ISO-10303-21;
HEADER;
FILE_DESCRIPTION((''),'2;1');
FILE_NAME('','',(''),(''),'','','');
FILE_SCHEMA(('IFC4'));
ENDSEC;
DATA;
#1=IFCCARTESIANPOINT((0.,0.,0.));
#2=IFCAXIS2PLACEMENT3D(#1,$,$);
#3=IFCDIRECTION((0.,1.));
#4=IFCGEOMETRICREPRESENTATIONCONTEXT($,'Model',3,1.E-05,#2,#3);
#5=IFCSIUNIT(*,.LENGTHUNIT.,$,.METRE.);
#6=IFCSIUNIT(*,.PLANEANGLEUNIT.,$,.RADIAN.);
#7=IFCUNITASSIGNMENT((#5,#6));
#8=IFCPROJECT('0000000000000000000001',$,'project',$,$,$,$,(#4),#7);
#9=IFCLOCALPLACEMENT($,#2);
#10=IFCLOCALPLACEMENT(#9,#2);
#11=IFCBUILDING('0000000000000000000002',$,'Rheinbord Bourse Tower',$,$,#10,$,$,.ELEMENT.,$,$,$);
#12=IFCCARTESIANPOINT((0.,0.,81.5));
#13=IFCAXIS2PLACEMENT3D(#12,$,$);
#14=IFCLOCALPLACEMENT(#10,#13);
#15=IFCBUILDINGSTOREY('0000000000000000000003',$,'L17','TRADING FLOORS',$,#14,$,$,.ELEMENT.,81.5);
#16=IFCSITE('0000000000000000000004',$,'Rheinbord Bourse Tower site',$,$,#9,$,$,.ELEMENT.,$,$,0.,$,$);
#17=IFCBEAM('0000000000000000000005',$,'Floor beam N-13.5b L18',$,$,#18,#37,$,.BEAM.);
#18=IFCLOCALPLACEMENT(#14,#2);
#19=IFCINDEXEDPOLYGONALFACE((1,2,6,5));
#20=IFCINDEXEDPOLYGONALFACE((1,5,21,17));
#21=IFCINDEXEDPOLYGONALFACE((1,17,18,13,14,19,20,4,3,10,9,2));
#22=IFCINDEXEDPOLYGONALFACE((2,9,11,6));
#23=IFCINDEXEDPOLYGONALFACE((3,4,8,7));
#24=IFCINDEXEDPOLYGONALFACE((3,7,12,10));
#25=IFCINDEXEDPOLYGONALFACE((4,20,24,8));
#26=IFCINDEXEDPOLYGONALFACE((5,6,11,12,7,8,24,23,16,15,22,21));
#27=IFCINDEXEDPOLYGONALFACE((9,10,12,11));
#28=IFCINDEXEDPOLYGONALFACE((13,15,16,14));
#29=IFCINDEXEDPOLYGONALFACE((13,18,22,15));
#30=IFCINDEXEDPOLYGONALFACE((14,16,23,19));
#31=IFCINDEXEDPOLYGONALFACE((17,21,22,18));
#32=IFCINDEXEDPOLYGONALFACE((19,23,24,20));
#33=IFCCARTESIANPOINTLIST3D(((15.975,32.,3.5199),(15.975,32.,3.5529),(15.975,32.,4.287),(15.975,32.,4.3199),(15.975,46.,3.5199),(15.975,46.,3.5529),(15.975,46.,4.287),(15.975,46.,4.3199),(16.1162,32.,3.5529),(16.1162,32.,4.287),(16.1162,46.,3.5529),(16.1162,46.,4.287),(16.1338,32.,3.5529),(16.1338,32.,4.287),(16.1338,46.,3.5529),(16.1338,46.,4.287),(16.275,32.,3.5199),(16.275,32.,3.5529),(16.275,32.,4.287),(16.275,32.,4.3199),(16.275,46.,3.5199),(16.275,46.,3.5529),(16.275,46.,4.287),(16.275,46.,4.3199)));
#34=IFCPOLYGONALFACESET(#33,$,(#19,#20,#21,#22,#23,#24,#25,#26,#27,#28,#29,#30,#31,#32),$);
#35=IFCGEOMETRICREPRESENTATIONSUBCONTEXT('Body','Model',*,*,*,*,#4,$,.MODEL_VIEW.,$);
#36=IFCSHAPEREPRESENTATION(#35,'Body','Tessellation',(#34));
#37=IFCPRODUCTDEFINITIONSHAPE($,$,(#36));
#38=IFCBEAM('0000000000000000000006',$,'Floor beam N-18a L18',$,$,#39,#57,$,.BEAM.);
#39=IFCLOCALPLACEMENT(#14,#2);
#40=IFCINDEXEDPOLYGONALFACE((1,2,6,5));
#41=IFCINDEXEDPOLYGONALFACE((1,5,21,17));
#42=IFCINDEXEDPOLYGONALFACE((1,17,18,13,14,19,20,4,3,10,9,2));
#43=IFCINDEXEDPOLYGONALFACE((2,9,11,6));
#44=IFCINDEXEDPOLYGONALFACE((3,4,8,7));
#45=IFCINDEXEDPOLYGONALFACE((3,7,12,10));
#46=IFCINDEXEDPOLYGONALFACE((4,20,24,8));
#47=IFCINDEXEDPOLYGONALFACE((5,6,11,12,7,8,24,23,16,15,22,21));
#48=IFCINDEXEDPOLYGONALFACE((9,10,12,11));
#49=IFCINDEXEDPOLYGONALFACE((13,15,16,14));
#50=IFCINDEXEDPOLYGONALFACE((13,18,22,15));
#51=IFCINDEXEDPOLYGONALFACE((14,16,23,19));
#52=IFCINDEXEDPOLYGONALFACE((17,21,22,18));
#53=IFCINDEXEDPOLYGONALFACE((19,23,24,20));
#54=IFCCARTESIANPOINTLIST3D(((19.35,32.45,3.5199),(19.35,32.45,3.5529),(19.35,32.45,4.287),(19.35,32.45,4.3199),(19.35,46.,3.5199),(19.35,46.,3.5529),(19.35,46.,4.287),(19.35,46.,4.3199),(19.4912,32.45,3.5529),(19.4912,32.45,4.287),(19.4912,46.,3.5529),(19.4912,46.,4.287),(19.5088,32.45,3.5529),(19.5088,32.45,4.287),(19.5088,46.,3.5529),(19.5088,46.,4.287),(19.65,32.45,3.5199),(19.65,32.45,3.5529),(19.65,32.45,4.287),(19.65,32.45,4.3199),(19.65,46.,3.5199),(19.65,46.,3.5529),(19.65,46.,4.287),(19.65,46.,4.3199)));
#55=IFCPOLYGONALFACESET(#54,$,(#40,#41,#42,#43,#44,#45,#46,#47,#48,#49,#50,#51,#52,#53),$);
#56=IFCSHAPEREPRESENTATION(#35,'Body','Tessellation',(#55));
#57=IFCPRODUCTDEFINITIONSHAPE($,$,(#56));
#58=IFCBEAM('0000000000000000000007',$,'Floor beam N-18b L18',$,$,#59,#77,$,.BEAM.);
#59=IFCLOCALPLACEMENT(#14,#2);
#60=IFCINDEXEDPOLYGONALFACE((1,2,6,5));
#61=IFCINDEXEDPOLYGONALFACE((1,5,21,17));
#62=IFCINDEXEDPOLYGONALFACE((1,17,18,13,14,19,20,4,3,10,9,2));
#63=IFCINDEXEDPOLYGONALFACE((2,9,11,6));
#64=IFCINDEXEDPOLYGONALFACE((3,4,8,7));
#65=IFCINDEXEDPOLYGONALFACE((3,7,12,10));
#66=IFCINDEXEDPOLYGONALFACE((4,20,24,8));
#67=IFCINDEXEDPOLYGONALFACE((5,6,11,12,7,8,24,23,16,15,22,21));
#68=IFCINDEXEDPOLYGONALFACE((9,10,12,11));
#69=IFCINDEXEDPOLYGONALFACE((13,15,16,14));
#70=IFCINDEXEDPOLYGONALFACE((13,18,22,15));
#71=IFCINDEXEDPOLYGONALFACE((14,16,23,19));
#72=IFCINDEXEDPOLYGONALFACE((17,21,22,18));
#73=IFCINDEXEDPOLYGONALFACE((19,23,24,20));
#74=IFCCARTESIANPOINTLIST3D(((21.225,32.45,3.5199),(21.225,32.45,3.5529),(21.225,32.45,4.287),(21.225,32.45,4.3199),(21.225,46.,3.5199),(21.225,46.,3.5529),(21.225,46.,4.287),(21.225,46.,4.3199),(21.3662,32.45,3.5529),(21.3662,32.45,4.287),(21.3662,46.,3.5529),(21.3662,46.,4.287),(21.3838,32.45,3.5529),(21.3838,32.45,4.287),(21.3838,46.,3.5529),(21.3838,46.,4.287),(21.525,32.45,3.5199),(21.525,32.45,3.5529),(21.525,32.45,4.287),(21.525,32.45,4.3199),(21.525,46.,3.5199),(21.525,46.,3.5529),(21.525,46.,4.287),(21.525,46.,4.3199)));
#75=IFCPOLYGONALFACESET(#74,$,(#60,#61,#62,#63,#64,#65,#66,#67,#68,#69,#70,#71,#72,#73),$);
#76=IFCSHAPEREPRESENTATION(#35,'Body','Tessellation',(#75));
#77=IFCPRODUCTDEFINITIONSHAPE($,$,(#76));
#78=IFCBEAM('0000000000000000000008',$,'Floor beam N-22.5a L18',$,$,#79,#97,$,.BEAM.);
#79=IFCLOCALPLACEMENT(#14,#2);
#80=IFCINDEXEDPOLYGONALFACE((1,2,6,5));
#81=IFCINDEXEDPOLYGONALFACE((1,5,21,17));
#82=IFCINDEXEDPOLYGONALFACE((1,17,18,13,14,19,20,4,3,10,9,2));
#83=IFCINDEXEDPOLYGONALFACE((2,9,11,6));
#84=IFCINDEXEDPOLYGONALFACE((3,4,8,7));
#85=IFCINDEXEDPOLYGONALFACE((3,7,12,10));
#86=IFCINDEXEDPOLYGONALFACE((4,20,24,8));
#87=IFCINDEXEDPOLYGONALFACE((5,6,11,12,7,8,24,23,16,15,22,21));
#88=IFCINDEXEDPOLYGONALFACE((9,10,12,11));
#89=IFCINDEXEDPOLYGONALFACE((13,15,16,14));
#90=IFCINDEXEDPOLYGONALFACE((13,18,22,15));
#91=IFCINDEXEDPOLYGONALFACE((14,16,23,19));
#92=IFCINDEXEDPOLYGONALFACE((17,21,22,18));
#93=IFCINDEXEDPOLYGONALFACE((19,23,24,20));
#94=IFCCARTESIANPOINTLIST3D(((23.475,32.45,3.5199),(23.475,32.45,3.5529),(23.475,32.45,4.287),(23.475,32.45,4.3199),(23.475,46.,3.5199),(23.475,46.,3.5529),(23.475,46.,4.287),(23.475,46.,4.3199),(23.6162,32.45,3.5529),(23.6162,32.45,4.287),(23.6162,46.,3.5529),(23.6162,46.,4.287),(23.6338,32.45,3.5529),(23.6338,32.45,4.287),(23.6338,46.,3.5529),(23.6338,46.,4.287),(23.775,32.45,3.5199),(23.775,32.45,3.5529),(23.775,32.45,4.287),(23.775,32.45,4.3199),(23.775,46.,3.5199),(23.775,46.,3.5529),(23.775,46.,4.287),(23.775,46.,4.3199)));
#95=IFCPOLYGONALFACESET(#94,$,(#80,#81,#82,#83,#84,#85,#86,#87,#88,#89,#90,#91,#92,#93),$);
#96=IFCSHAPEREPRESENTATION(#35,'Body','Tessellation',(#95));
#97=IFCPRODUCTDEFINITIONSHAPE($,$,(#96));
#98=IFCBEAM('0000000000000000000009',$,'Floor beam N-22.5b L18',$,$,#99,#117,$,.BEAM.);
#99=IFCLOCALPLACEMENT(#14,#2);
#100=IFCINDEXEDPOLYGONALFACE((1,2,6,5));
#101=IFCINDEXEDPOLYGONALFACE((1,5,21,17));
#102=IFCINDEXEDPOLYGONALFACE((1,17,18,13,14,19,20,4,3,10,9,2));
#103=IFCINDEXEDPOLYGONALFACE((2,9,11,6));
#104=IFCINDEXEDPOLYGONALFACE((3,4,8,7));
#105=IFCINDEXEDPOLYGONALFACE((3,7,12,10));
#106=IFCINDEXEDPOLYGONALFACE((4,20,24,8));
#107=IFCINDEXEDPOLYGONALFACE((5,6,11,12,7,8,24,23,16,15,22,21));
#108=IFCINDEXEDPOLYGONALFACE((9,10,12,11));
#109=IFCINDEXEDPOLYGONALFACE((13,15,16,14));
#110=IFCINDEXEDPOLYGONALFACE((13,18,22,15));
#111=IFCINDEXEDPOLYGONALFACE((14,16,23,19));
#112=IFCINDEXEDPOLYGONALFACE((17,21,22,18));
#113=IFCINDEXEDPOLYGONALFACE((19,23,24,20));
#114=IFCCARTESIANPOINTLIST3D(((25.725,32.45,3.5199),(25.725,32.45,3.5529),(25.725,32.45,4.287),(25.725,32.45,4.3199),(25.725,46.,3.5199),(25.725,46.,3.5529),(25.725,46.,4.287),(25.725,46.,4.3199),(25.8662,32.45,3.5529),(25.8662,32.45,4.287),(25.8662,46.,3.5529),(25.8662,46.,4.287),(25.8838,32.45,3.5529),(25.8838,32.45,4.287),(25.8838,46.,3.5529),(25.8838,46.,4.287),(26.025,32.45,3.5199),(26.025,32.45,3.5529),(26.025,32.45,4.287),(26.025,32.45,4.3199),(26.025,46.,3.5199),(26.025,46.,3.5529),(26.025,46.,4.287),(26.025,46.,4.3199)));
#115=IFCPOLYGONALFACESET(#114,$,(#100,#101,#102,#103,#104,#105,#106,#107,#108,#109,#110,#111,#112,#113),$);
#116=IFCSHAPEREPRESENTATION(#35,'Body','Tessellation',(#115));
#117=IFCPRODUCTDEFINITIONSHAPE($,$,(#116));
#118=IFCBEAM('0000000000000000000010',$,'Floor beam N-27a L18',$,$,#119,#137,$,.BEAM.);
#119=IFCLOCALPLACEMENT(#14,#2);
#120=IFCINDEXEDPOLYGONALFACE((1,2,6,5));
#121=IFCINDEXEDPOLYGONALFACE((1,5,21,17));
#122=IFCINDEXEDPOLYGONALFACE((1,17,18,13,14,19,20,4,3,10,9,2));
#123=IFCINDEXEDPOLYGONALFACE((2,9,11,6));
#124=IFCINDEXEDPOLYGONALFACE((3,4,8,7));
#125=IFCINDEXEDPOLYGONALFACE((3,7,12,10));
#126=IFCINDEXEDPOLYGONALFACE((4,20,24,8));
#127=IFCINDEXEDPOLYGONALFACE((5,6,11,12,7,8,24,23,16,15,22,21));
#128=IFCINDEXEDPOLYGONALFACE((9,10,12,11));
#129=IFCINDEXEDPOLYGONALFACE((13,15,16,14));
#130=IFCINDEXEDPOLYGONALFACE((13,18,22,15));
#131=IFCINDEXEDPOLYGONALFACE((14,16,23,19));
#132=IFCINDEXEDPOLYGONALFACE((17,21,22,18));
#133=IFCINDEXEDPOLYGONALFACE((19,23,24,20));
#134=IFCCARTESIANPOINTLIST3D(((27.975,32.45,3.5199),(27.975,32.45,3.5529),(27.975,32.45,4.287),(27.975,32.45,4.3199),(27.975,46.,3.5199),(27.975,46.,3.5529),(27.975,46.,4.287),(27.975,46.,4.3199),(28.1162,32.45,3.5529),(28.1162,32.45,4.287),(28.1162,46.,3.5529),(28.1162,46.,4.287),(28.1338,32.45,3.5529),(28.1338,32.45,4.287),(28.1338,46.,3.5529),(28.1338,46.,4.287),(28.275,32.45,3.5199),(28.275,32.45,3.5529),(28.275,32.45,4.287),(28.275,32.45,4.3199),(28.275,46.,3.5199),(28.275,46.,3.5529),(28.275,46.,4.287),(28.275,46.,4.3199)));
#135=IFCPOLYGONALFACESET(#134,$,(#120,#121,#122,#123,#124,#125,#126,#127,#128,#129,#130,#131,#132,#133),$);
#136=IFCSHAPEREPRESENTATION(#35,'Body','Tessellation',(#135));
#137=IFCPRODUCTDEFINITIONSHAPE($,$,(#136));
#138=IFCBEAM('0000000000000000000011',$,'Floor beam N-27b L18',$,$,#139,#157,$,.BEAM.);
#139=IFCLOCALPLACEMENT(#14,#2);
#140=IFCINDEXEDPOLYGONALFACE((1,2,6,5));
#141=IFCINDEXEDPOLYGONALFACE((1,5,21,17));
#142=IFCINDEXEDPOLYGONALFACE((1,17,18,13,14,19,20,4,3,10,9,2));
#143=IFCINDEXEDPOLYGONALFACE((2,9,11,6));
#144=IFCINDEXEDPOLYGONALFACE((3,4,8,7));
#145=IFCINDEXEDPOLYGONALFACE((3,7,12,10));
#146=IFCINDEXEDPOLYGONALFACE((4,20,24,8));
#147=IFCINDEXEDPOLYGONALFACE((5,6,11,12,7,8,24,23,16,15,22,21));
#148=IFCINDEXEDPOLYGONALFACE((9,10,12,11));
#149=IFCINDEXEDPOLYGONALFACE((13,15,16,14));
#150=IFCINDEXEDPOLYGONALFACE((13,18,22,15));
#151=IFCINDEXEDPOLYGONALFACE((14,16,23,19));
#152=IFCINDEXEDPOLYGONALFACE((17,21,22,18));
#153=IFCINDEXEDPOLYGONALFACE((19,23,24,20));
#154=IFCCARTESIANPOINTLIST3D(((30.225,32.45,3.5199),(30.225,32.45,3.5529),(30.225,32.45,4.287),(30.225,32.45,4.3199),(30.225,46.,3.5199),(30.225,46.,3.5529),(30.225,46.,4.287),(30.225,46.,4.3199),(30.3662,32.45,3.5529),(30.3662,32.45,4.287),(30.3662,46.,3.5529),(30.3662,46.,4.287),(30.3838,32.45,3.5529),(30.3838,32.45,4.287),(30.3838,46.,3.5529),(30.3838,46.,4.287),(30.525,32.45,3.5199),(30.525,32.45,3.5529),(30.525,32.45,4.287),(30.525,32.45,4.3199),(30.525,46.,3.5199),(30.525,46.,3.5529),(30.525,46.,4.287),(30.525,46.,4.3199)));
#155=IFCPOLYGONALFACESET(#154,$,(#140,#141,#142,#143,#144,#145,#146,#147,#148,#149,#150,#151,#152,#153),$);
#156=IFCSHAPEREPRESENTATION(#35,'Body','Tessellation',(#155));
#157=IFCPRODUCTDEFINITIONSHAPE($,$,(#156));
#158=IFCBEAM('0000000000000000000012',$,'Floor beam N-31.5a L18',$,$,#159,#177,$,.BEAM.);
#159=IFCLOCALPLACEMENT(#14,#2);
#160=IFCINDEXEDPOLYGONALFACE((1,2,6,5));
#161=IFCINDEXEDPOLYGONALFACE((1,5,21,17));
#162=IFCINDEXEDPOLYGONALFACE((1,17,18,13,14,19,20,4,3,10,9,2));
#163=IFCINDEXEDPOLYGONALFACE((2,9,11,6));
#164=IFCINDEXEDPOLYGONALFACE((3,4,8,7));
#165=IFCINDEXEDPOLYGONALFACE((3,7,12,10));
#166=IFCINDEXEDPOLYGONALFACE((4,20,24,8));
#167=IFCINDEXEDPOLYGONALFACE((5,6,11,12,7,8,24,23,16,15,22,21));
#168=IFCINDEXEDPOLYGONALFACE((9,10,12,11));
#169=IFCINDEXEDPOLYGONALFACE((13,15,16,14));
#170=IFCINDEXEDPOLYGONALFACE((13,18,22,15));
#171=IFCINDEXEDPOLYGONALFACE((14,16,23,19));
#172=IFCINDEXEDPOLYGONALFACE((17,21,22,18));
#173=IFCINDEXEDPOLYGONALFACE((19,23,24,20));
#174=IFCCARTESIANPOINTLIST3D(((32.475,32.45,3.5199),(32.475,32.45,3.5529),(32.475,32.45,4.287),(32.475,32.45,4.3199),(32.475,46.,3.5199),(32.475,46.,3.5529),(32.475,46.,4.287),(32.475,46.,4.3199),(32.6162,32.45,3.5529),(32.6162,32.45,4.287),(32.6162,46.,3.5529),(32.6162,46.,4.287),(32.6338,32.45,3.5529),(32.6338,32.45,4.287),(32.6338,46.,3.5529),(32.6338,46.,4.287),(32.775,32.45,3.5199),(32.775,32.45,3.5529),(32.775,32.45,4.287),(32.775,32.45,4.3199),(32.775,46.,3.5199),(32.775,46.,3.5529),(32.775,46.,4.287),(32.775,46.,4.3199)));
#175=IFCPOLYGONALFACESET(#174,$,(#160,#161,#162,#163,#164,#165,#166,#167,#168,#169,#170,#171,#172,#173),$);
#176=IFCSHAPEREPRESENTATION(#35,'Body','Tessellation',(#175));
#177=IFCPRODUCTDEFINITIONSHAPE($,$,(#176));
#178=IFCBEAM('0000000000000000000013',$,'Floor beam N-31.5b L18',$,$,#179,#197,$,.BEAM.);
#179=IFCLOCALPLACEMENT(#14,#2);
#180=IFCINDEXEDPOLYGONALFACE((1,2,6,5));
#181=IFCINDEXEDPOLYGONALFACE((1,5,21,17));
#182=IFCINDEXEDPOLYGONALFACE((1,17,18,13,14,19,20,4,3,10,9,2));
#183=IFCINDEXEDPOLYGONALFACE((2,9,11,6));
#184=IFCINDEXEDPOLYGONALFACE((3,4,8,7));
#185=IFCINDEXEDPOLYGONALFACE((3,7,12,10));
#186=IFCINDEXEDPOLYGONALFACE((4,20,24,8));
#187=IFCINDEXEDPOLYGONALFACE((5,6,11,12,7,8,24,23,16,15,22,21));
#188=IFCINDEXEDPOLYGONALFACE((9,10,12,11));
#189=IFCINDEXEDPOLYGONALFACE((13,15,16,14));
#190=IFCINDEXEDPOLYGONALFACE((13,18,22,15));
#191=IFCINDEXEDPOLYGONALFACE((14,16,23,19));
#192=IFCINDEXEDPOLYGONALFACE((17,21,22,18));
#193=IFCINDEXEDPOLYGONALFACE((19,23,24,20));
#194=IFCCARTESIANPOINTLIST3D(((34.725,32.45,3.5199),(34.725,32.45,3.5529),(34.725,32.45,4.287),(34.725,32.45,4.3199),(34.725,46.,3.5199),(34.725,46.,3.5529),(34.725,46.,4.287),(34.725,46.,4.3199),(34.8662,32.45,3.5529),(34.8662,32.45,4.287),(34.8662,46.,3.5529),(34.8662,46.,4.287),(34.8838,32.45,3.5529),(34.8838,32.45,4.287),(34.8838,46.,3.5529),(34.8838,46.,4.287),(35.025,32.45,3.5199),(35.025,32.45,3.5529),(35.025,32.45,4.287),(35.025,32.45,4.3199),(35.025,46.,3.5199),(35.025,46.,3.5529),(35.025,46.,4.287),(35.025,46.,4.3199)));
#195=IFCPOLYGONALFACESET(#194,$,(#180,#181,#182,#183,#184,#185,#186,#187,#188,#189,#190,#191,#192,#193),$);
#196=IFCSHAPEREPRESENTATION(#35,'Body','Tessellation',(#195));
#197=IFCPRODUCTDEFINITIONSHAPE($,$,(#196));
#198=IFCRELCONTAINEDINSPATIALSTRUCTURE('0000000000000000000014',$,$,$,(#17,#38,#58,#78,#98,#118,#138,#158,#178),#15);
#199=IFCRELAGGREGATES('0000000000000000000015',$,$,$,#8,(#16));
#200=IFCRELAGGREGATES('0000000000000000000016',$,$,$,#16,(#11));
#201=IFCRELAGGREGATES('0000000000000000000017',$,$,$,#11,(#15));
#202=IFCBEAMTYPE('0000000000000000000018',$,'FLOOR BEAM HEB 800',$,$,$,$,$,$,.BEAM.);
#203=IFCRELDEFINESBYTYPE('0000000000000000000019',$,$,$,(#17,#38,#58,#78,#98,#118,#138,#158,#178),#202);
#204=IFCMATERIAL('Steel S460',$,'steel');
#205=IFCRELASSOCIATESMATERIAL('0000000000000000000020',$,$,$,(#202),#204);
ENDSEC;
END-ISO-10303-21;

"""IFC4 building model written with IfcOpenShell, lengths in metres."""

from ifc_helpers import new_model, si_unit, direction, frame, origin, origin_2d, place, context, subcontext, project, spatial, i_section, extrude, material, material_profile, profile_set, type_object, element, save


model = new_model("IFC4")

# Units and contexts
model_context = context("Model", 3, precision=1e-05, world=origin(), true_north=direction((0.0, 1.0)))
body_context = subcontext(model_context, "Body", "Model", "MODEL_VIEW")
ifc_project = project(units=[si_unit("LENGTHUNIT", "METRE"), si_unit("PLANEANGLEUNIT", "RADIAN")], contexts=[model_context])

# Site, building, storey
site_placement = place(None, origin())
site = spatial("IfcSite", under=ifc_project, at=site_placement, Name="Rheinbord Bourse Tower site", CompositionType="ELEMENT", RefElevation=0.0)
building_placement = place(site_placement, origin())
building = spatial("IfcBuilding", under=site, at=building_placement, Name="Rheinbord Bourse Tower", CompositionType="ELEMENT")
storey_placement = place(building_placement, frame((0.0, 0.0, 81.5)))
storey = spatial("IfcBuildingStorey", under=building, at=storey_placement, Name="L17", Description="TRADING FLOORS", CompositionType="ELEMENT", Elevation=81.5)

# Beams
ifc_material_1 = material(Name="Steel S460", Category="steel")
ifc_material_profile_1 = material_profile(ifc_material_1, i_section(OverallWidth=0.3, OverallDepth=0.8, WebThickness=0.0176, FlangeThickness=0.033, at=origin_2d()), Name="HEB 800")
ifc_profile_set_1 = profile_set([ifc_material_profile_1], Name="Steel S460")
beam_type_1 = type_object("IfcBeamType", Name="FLOOR BEAM HEB 800", PredefinedType="BEAM", material=ifc_profile_set_1)
beam_placement = place(storey_placement, frame((16.125, 46.0, 3.9199), z_axis=(0.0, -1.0, 0.0), x_axis=(1.0, 0.0, 0.0)))
element("IfcBeam", 1, at=beam_placement, inside=storey, type_object=beam_type_1, Name="Floor beam N-13.5b L18", PredefinedType="BEAM", context=body_context, shape_type="SweptSolid", body=[
    extrude(i_section(OverallWidth=0.3, OverallDepth=0.8, WebThickness=0.0176, FlangeThickness=0.033, at=origin_2d()), origin(), (0.0, 0.0, 1.0), 14.0),
])
for number, where, z_axis, x_axis, name in (
    (2, (19.5, 46.0, 3.9199), (0.0, -1.0, 0.0), (1.0, 0.0, 0.0), "Floor beam N-18a L18"),
    (3, (21.375, 46.0, 3.9199), (0.0, -1.0, 0.0), (1.0, 0.0, 0.0), "Floor beam N-18b L18"),
    (4, (23.625, 46.0, 3.9199), (0.0, -1.0, 0.0), (1.0, 0.0, 0.0), "Floor beam N-22.5a L18"),
    (5, (25.875, 46.0, 3.9199), (0.0, -1.0, 0.0), (1.0, 0.0, 0.0), "Floor beam N-22.5b L18"),
    (6, (28.125, 46.0, 3.9199), (0.0, -1.0, 0.0), (1.0, 0.0, 0.0), "Floor beam N-27a L18"),
    (7, (30.375, 46.0, 3.9199), (0.0, -1.0, 0.0), (1.0, 0.0, 0.0), "Floor beam N-27b L18"),
    (8, (32.625, 46.0, 3.9199), (0.0, -1.0, 0.0), (1.0, 0.0, 0.0), "Floor beam N-31.5a L18"),
    (9, (34.875, 46.0, 3.9199), (0.0, -1.0, 0.0), (1.0, 0.0, 0.0), "Floor beam N-31.5b L18"),
):
    element("IfcBeam", number, at=place(storey_placement, frame(where, z_axis=z_axis, x_axis=x_axis)), inside=storey, type_object=beam_type_1, Name=name, PredefinedType="BEAM", context=body_context, shape_type="SweptSolid", body=[
        extrude(i_section(OverallWidth=0.3, OverallDepth=0.8, WebThickness=0.0176, FlangeThickness=0.033, at=origin_2d()), origin(), (0.0, 0.0, 1.0), 13.55),
    ])

save(model, "model.ifc")
